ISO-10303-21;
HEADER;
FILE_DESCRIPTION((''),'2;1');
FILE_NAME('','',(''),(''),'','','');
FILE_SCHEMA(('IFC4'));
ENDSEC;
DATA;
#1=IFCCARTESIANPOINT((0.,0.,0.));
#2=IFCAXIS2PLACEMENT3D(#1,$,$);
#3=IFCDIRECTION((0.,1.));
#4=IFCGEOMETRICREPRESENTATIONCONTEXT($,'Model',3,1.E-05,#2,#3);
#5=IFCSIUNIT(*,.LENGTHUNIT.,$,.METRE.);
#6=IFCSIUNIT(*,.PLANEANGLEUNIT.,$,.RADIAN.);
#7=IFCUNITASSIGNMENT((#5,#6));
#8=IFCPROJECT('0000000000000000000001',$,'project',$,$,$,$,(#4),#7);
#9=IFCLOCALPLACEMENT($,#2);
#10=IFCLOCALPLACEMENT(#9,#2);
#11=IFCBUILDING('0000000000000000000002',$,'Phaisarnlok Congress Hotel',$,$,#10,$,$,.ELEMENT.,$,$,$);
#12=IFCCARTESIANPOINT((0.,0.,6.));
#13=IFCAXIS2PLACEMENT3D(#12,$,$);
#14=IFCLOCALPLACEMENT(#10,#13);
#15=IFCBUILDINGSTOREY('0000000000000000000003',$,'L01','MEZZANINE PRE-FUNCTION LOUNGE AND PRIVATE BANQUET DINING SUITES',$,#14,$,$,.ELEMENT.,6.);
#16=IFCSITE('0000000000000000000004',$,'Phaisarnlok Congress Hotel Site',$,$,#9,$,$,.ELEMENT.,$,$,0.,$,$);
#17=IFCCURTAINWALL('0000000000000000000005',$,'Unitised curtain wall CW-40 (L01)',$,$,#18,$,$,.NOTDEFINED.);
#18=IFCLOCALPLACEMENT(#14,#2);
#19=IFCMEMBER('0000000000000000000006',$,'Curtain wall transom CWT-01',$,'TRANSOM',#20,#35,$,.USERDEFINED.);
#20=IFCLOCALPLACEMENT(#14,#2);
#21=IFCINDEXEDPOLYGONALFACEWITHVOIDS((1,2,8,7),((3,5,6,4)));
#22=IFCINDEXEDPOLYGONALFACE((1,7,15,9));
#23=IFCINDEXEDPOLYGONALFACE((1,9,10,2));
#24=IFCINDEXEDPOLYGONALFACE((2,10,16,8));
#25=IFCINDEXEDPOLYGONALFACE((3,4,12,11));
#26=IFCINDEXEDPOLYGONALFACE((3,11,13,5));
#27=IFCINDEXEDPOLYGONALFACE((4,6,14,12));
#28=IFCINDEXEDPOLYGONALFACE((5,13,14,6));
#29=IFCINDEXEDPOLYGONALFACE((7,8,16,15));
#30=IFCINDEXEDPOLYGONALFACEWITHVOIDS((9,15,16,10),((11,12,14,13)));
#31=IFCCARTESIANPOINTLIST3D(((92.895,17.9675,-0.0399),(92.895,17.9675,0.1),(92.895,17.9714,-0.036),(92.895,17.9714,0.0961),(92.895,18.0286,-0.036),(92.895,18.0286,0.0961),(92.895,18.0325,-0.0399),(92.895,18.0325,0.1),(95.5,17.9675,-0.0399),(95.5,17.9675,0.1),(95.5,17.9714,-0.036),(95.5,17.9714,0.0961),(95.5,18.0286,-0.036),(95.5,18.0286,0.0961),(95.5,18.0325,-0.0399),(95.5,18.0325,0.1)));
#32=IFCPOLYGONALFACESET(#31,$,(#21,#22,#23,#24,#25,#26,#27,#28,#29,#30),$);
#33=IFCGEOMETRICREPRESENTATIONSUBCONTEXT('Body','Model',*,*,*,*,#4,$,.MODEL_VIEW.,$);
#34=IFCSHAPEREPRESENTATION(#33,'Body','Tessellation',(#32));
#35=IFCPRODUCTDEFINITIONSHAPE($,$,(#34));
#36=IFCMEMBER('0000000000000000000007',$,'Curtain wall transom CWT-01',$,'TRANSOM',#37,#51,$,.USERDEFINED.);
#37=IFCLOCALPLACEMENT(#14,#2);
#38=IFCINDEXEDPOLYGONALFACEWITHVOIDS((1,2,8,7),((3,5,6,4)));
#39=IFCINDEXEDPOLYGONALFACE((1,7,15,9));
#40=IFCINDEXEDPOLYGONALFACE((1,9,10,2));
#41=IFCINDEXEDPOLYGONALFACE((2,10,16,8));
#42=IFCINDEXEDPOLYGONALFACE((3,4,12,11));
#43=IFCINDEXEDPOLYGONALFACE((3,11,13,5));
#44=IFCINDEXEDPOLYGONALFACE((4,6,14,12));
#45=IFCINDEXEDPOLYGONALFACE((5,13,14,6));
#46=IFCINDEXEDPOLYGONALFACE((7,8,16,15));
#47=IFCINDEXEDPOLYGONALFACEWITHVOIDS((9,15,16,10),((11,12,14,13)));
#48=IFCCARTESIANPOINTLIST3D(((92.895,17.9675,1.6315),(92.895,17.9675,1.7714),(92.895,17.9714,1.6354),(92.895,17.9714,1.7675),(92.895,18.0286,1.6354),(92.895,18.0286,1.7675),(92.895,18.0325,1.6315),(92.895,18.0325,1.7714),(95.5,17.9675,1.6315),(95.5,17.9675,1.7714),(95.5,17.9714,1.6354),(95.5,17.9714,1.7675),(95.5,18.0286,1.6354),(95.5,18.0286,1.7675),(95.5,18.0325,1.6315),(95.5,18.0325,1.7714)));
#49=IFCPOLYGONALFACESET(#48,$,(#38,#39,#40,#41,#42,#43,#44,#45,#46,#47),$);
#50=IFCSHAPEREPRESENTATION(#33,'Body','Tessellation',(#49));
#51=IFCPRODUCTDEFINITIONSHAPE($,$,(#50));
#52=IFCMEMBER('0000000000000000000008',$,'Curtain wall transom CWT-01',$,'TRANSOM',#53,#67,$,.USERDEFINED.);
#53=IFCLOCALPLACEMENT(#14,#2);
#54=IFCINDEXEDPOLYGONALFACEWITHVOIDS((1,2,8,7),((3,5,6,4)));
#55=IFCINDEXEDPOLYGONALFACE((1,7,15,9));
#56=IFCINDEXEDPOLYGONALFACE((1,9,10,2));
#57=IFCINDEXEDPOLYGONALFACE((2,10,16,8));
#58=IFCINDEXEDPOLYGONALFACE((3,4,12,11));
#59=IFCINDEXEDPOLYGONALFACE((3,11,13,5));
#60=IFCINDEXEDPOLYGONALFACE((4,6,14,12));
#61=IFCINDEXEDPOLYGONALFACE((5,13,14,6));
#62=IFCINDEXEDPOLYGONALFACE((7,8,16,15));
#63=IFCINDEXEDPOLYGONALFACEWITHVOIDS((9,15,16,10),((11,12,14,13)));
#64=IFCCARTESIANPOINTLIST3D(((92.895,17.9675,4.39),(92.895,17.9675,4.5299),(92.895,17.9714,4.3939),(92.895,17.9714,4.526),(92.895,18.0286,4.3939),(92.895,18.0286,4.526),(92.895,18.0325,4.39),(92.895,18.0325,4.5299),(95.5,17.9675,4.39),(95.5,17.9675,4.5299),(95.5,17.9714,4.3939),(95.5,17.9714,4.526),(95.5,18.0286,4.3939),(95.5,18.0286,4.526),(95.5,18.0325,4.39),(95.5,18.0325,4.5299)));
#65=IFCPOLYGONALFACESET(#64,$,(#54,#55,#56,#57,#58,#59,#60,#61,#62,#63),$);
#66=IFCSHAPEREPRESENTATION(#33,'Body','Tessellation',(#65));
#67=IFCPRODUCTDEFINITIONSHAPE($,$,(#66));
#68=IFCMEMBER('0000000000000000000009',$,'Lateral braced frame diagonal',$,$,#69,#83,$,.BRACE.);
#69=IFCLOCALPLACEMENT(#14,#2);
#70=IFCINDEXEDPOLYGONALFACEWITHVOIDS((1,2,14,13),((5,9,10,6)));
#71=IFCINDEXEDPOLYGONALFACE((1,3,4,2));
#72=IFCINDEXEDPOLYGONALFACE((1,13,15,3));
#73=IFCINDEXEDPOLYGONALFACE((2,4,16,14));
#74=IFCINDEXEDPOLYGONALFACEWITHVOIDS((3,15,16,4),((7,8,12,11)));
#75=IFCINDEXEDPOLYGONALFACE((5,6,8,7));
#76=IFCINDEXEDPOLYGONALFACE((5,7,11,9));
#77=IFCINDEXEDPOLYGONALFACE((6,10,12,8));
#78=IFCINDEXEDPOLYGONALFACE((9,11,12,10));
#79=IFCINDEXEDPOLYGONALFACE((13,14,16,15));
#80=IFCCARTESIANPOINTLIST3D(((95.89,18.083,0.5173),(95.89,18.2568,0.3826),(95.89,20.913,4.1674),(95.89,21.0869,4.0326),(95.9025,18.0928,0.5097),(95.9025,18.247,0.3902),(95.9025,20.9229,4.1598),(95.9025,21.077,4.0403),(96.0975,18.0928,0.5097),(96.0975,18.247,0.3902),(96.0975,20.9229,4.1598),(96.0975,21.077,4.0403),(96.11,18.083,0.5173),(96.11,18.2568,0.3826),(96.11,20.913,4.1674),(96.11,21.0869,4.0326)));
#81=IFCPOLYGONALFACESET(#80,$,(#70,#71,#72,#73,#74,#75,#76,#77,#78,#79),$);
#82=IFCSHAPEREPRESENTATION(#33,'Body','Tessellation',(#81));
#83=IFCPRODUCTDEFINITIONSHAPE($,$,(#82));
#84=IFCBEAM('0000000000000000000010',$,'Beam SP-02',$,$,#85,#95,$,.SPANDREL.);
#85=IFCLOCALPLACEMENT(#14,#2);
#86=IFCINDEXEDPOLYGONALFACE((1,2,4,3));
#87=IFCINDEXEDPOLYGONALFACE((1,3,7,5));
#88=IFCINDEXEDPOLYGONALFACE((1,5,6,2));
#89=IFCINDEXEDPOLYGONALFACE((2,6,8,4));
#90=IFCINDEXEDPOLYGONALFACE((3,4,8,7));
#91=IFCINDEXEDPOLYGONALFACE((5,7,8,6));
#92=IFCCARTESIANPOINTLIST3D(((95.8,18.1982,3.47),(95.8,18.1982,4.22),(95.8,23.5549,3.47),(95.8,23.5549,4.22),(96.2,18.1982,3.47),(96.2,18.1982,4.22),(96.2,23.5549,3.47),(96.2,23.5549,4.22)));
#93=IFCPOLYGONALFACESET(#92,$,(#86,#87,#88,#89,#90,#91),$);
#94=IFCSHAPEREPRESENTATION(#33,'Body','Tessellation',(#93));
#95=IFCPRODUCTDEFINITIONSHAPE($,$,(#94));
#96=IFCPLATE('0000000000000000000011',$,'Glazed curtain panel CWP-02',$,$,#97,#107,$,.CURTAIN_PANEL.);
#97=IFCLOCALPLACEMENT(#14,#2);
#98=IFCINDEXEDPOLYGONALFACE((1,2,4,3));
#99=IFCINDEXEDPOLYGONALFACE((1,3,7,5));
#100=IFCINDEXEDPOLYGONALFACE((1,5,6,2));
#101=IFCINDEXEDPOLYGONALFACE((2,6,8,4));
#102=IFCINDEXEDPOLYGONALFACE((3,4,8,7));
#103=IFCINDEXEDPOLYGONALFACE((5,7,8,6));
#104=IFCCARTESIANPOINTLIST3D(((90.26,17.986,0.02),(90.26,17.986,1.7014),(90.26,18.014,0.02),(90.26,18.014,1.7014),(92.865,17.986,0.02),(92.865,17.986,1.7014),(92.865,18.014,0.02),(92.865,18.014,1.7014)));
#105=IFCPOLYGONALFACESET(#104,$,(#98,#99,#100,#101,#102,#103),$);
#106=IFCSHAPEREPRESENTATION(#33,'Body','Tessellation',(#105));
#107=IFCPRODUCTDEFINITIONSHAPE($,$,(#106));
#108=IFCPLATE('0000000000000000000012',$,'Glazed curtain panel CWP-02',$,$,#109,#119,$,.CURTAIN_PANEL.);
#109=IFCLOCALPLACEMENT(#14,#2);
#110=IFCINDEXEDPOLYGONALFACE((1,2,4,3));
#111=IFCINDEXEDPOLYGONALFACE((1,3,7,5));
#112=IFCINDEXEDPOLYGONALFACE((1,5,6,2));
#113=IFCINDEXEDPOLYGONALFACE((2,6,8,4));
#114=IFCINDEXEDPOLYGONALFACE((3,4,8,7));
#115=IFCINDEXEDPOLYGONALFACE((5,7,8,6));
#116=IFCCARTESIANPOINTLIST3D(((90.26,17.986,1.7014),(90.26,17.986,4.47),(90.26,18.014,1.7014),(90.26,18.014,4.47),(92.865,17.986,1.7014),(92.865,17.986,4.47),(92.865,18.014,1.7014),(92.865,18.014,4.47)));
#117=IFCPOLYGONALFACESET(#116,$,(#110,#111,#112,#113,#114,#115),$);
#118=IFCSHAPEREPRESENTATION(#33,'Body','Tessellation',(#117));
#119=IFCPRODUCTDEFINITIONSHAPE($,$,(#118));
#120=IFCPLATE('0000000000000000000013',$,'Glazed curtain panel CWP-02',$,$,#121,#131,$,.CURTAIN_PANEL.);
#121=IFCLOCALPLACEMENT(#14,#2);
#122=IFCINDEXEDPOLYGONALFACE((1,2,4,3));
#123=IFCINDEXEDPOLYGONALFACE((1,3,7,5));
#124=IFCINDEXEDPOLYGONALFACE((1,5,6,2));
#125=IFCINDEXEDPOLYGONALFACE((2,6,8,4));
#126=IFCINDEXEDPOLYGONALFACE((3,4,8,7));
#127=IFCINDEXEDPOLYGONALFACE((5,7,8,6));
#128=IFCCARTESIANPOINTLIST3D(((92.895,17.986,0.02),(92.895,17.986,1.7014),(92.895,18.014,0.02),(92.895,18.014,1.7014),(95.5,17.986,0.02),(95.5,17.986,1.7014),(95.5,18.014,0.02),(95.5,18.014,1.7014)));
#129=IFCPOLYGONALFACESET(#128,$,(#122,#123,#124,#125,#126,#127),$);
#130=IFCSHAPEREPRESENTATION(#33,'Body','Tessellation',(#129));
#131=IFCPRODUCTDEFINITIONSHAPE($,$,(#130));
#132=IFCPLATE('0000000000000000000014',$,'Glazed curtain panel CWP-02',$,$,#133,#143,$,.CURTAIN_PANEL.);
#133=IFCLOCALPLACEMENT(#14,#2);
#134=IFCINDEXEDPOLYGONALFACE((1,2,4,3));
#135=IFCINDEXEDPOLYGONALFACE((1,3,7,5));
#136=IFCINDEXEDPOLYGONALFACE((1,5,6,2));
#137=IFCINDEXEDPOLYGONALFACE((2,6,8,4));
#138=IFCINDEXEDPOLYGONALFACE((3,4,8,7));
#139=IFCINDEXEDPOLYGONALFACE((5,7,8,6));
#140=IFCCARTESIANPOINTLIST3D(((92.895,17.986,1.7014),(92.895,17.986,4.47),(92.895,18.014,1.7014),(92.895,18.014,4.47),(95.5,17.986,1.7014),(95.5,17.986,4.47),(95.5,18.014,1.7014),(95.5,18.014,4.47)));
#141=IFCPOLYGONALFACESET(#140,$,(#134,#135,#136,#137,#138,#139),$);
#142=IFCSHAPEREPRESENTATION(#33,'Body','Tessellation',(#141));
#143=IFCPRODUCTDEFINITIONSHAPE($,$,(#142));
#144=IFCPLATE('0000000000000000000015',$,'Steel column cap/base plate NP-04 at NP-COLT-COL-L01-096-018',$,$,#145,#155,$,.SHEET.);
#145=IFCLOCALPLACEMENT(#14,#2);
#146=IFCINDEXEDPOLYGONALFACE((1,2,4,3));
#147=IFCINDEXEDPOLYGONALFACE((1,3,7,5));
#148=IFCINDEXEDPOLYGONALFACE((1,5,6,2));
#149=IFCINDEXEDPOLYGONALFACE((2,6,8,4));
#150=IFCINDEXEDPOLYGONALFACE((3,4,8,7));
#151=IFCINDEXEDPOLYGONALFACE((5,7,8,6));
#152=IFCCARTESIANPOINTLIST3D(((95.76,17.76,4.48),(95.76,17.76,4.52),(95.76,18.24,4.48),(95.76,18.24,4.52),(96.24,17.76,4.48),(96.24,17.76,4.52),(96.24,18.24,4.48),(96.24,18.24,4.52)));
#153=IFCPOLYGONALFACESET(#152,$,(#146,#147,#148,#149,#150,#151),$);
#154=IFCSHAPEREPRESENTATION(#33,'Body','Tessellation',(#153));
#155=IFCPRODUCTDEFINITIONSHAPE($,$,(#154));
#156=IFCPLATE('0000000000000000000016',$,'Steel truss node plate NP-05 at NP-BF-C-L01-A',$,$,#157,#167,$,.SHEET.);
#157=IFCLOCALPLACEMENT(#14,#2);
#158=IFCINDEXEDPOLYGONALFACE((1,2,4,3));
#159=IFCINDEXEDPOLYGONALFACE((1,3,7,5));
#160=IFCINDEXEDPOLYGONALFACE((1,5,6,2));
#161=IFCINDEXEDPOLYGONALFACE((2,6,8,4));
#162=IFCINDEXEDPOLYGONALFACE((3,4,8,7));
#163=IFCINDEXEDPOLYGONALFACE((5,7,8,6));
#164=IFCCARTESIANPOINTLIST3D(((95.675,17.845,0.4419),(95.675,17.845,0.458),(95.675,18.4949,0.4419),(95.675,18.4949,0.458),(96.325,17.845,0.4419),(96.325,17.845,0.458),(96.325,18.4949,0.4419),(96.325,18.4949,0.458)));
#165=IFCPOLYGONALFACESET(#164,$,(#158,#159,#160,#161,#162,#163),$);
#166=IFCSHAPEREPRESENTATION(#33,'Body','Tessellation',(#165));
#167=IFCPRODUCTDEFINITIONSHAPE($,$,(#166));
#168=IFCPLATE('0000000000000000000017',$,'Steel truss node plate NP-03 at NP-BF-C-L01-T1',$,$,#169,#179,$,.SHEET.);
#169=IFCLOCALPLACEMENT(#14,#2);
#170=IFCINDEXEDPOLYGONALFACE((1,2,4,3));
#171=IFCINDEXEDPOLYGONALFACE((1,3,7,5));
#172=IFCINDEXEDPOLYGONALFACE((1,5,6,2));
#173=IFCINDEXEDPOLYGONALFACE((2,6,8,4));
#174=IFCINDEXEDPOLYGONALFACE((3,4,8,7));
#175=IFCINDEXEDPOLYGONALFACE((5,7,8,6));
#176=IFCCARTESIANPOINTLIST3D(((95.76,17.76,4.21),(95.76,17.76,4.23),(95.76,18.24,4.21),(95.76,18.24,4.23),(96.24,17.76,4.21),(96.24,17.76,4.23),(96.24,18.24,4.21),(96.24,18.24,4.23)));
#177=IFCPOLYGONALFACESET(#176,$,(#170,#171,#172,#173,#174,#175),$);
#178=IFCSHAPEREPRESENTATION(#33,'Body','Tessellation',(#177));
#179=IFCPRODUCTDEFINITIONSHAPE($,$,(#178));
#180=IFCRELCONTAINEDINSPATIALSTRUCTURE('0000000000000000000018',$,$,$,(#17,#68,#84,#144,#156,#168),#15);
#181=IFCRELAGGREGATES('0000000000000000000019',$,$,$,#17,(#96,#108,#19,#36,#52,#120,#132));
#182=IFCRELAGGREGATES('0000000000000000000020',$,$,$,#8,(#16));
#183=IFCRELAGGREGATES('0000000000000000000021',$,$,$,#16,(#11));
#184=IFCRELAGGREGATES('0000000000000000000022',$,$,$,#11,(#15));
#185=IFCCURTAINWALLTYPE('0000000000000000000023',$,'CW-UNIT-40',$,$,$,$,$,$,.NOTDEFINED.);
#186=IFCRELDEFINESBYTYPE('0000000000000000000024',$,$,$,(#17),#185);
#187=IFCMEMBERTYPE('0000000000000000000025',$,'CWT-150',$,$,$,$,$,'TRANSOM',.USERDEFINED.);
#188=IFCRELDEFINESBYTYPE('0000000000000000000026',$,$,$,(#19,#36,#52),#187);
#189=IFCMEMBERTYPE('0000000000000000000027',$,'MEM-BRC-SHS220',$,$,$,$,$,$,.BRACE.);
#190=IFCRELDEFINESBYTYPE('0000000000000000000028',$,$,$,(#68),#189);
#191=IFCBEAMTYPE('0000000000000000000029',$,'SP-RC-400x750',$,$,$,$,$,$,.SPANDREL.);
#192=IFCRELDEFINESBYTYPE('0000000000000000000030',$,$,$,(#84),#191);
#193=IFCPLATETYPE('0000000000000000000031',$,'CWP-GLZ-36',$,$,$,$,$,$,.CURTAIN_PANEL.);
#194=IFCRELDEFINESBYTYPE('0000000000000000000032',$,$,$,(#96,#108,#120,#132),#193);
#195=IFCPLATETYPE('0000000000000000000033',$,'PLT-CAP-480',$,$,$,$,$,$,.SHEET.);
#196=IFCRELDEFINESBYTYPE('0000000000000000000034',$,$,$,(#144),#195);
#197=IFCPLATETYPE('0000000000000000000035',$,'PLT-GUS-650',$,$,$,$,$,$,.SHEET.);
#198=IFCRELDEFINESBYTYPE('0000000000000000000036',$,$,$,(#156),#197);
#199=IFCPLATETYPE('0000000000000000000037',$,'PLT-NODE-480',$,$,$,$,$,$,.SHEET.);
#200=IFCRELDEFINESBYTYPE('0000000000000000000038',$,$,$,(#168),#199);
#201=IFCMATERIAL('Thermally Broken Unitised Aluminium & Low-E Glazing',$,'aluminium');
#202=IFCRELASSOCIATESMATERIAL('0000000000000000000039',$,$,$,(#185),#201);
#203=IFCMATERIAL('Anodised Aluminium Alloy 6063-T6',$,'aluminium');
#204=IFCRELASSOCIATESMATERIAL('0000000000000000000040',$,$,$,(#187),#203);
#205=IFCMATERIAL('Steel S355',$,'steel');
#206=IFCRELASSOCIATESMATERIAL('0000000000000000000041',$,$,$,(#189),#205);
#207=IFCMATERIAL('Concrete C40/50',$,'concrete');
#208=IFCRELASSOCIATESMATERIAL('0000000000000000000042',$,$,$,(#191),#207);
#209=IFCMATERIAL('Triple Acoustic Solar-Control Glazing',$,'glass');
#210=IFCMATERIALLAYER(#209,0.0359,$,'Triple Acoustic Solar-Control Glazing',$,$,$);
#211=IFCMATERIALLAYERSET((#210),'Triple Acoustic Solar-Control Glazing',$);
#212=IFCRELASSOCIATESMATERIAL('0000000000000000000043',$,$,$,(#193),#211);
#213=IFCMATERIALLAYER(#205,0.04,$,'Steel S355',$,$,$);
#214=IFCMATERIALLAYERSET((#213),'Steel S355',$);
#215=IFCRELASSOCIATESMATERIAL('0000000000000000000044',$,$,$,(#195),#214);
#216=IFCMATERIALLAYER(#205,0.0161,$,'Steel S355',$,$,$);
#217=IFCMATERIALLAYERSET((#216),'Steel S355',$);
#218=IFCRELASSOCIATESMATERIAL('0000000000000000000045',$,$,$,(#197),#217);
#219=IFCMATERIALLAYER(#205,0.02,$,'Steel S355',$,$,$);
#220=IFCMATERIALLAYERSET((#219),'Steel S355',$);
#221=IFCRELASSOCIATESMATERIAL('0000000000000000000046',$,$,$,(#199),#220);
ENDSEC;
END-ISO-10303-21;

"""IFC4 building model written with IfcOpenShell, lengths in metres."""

from ifc_helpers import new_model, si_unit, direction, frame, frame_2d, origin, origin_2d, place, context, subcontext, project, spatial, rectangle, hollow_rectangle, extrude, material, layer, layer_set, material_profile, profile_set, type_object, element, aggregate, save


model = new_model("IFC4")

# Units and contexts
model_context = context("Model", 3, precision=1e-05, world=origin(), true_north=direction((0.0, 1.0)))
body_context = subcontext(model_context, "Body", "Model", "MODEL_VIEW")
ifc_project = project(units=[si_unit("LENGTHUNIT", "METRE"), si_unit("PLANEANGLEUNIT", "RADIAN")], contexts=[model_context])

# Site, building, storey
site_placement = place(None, origin())
site = spatial("IfcSite", under=ifc_project, at=site_placement, Name="Phaisarnlok Congress Hotel Site", CompositionType="ELEMENT", RefElevation=0.0)
building_placement = place(site_placement, origin())
building = spatial("IfcBuilding", under=site, at=building_placement, Name="Phaisarnlok Congress Hotel", CompositionType="ELEMENT")
storey_placement = place(building_placement, frame((0.0, 0.0, 6.0)))
storey = spatial("IfcBuildingStorey", under=building, at=storey_placement, Name="L01", Description="MEZZANINE PRE-FUNCTION LOUNGE AND PRIVATE BANQUET DINING SUITES", CompositionType="ELEMENT", Elevation=6.0)

# Shared definitions
ifc_material_1 = material(Name="Steel S355", Category="steel")

# Shared definitions
ifc_material_2 = material(Name="Thermally Broken Unitised Aluminium & Low-E Glazing", Category="aluminium")
ifc_material_3 = material(Name="Anodised Aluminium Alloy 6063-T6", Category="aluminium")

# Curtain wall, members
curtain_wall_type_1 = type_object("IfcCurtainWallType", Name="CW-UNIT-40", PredefinedType="NOTDEFINED", material=ifc_material_2)
curtain_wall_1_placement = place(storey_placement, origin())
curtain_wall_1 = element("IfcCurtainWall", 1, at=curtain_wall_1_placement, inside=storey, type_object=curtain_wall_type_1, Name="Unitised curtain wall CW-40 (L01)", PredefinedType="NOTDEFINED")
ifc_material_profile_1 = material_profile(ifc_material_3, hollow_rectangle(XDim=0.0649, YDim=0.1399, WallThickness=0.0039, at=origin_2d()), Name="ALU-T 65x140x4")
ifc_profile_set_1 = profile_set([ifc_material_profile_1], Name="Anodised Aluminium Alloy 6063-T6")
member_type_1 = type_object("IfcMemberType", Name="CWT-150", ElementType="TRANSOM", PredefinedType="USERDEFINED", material=ifc_profile_set_1)
member_1_placement = place(storey_placement, frame((92.895, 18.0, 0.03), z_axis=(1.0, 0.0, 0.0), x_axis=(0.0, 1.0, 0.0)))
member_1 = element("IfcMember", 2, at=member_1_placement, type_object=member_type_1, Name="Curtain wall transom CWT-01", ObjectType="TRANSOM", PredefinedType="USERDEFINED", context=body_context, shape_type="SweptSolid", body=[
    extrude(hollow_rectangle(XDim=0.0649, YDim=0.1399, WallThickness=0.0039, at=origin_2d()), origin(), (0.0, 0.0, 1.0), 2.605),
])
member_2_placement = place(storey_placement, frame((92.895, 18.0, 1.7014), z_axis=(1.0, 0.0, 0.0), x_axis=(0.0, 1.0, 0.0)))
member_2 = element("IfcMember", 3, at=member_2_placement, type_object=member_type_1, Name="Curtain wall transom CWT-01", ObjectType="TRANSOM", PredefinedType="USERDEFINED", context=body_context, shape_type="SweptSolid", body=[
    extrude(hollow_rectangle(XDim=0.0649, YDim=0.1399, WallThickness=0.0039, at=origin_2d()), origin(), (0.0, 0.0, 1.0), 2.605),
])
member_3_placement = place(storey_placement, frame((92.895, 18.0, 4.46), z_axis=(1.0, 0.0, 0.0), x_axis=(0.0, 1.0, 0.0)))
member_3 = element("IfcMember", 4, at=member_3_placement, type_object=member_type_1, Name="Curtain wall transom CWT-01", ObjectType="TRANSOM", PredefinedType="USERDEFINED", context=body_context, shape_type="SweptSolid", body=[
    extrude(hollow_rectangle(XDim=0.0649, YDim=0.1399, WallThickness=0.0039, at=origin_2d()), origin(), (0.0, 0.0, 1.0), 2.605),
])

# Member
ifc_material_profile_2 = material_profile(ifc_material_1, hollow_rectangle(XDim=0.22, YDim=0.22, WallThickness=0.0125, at=origin_2d()), Name="SHS 220x220x12.5")
ifc_profile_set_2 = profile_set([ifc_material_profile_2], Name="Steel S355")
member_type_2 = type_object("IfcMemberType", Name="MEM-BRC-SHS220", PredefinedType="BRACE", material=ifc_profile_set_2)
member_4_placement = place(storey_placement, frame((96.0, 18.1699, 0.45), z_axis=(0.0, 0.612736, 0.790288), x_axis=(-1.0, 0.0, 0.0)))
element("IfcMember", 5, at=member_4_placement, inside=storey, type_object=member_type_2, Name="Lateral braced frame diagonal", PredefinedType="BRACE", context=body_context, shape_type="SweptSolid", body=[
    extrude(hollow_rectangle(XDim=0.22, YDim=0.22, WallThickness=0.0125, at=origin_2d()), origin(), (0.0, 0.0, 1.0), 4.6187),
])

# Beam
ifc_material_4 = material(Name="Concrete C40/50", Category="concrete")
ifc_material_profile_3 = material_profile(ifc_material_4, rectangle(XDim=0.3999, YDim=0.75, at=origin_2d()), Name="RC 400x750")
ifc_profile_set_3 = profile_set([ifc_material_profile_3], Name="Concrete C40/50")
beam_type = type_object("IfcBeamType", Name="SP-RC-400x750", PredefinedType="SPANDREL", material=ifc_profile_set_3)
beam_placement = place(storey_placement, frame((96.0, 18.1982, 3.845), z_axis=(0.0, 1.0, 0.0), x_axis=(-1.0, 0.0, 0.0)))
element("IfcBeam", 6, at=beam_placement, inside=storey, type_object=beam_type, Name="Beam SP-02", PredefinedType="SPANDREL", context=body_context, shape_type="SweptSolid", body=[
    extrude(rectangle(XDim=0.3999, YDim=0.75, at=origin_2d()), origin(), (0.0, 0.0, 1.0), 5.3567),
])

# Plates
ifc_material_5 = material(Name="Triple Acoustic Solar-Control Glazing", Category="glass")
ifc_layer_1 = layer(ifc_material_5, 0.0359, Name="Triple Acoustic Solar-Control Glazing")
ifc_layer_set_1 = layer_set([ifc_layer_1], Name="Triple Acoustic Solar-Control Glazing")
plate_type_1 = type_object("IfcPlateType", Name="CWP-GLZ-36", PredefinedType="CURTAIN_PANEL", material=ifc_layer_set_1)
plate_1_placement = place(storey_placement, frame((90.26, 18.0, 0.02), z_axis=(0.0, 0.0, 1.0), x_axis=(1.0, 0.0, 0.0)))
plate_1 = element("IfcPlate", 7, at=plate_1_placement, type_object=plate_type_1, Name="Glazed curtain panel CWP-02", PredefinedType="CURTAIN_PANEL", context=body_context, shape_type="SweptSolid", body=[
    extrude(rectangle(XDim=2.605, YDim=0.0281, at=frame_2d((1.3025, 0.0))), origin(), (0.0, 0.0, 1.0), 1.6814),
])
plate_2_placement = place(storey_placement, frame((90.26, 18.0, 1.7014), z_axis=(0.0, 0.0, 1.0), x_axis=(1.0, 0.0, 0.0)))
plate_2 = element("IfcPlate", 8, at=plate_2_placement, type_object=plate_type_1, Name="Glazed curtain panel CWP-02", PredefinedType="CURTAIN_PANEL", context=body_context, shape_type="SweptSolid", body=[
    extrude(rectangle(XDim=2.605, YDim=0.0281, at=frame_2d((1.3025, 0.0))), origin(), (0.0, 0.0, 1.0), 2.7686),
])
plate_3_placement = place(storey_placement, frame((92.895, 18.0, 0.02), z_axis=(0.0, 0.0, 1.0), x_axis=(1.0, 0.0, 0.0)))
plate_3 = element("IfcPlate", 9, at=plate_3_placement, type_object=plate_type_1, Name="Glazed curtain panel CWP-02", PredefinedType="CURTAIN_PANEL", context=body_context, shape_type="SweptSolid", body=[
    extrude(rectangle(XDim=2.605, YDim=0.0281, at=frame_2d((1.3025, 0.0))), origin(), (0.0, 0.0, 1.0), 1.6814),
])
plate_4_placement = place(storey_placement, frame((92.895, 18.0, 1.7014), z_axis=(0.0, 0.0, 1.0), x_axis=(1.0, 0.0, 0.0)))
plate_4 = element("IfcPlate", 10, at=plate_4_placement, type_object=plate_type_1, Name="Glazed curtain panel CWP-02", PredefinedType="CURTAIN_PANEL", context=body_context, shape_type="SweptSolid", body=[
    extrude(rectangle(XDim=2.605, YDim=0.0281, at=frame_2d((1.3025, 0.0))), origin(), (0.0, 0.0, 1.0), 2.7686),
])
aggregate(curtain_wall_1, [plate_1, plate_2, member_1, member_2, member_3, plate_3, plate_4])

# Plates
ifc_layer_2 = layer(ifc_material_1, 0.04, Name="Steel S355")
ifc_layer_set_2 = layer_set([ifc_layer_2], Name="Steel S355")
plate_type_2 = type_object("IfcPlateType", Name="PLT-CAP-480", PredefinedType="SHEET", material=ifc_layer_set_2)
plate_5_placement = place(storey_placement, frame((96.0, 18.0, 4.48), z_axis=(0.0, 0.0, 1.0), x_axis=(1.0, 0.0, 0.0)))
element("IfcPlate", 11, at=plate_5_placement, inside=storey, type_object=plate_type_2, Name="Steel column cap/base plate NP-04 at NP-COLT-COL-L01-096-018", PredefinedType="SHEET", context=body_context, shape_type="SweptSolid", body=[
    extrude(rectangle(XDim=0.48, YDim=0.48, at=origin_2d()), origin(), (0.0, 0.0, 1.0), 0.04),
])
ifc_layer_3 = layer(ifc_material_1, 0.0161, Name="Steel S355")
ifc_layer_set_3 = layer_set([ifc_layer_3], Name="Steel S355")
plate_type_3 = type_object("IfcPlateType", Name="PLT-GUS-650", PredefinedType="SHEET", material=ifc_layer_set_3)
plate_6_placement = place(storey_placement, frame((96.0, 18.1699, 0.4419), z_axis=(0.0, 0.0, 1.0), x_axis=(1.0, 0.0, 0.0)))
element("IfcPlate", 12, at=plate_6_placement, inside=storey, type_object=plate_type_3, Name="Steel truss node plate NP-05 at NP-BF-C-L01-A", PredefinedType="SHEET", context=body_context, shape_type="SweptSolid", body=[
    extrude(rectangle(XDim=0.6499, YDim=0.6499, at=origin_2d()), origin(), (0.0, 0.0, 1.0), 0.0161),
])
ifc_layer_4 = layer(ifc_material_1, 0.02, Name="Steel S355")
ifc_layer_set_4 = layer_set([ifc_layer_4], Name="Steel S355")
plate_type_4 = type_object("IfcPlateType", Name="PLT-NODE-480", PredefinedType="SHEET", material=ifc_layer_set_4)
plate_7_placement = place(storey_placement, frame((96.0, 18.0, 4.21), z_axis=(0.0, 0.0, 1.0), x_axis=(1.0, 0.0, 0.0)))
element("IfcPlate", 13, at=plate_7_placement, inside=storey, type_object=plate_type_4, Name="Steel truss node plate NP-03 at NP-BF-C-L01-T1", PredefinedType="SHEET", context=body_context, shape_type="SweptSolid", body=[
    extrude(rectangle(XDim=0.48, YDim=0.48, at=origin_2d()), origin(), (0.0, 0.0, 1.0), 0.02),
])

save(model, "model.ifc")
